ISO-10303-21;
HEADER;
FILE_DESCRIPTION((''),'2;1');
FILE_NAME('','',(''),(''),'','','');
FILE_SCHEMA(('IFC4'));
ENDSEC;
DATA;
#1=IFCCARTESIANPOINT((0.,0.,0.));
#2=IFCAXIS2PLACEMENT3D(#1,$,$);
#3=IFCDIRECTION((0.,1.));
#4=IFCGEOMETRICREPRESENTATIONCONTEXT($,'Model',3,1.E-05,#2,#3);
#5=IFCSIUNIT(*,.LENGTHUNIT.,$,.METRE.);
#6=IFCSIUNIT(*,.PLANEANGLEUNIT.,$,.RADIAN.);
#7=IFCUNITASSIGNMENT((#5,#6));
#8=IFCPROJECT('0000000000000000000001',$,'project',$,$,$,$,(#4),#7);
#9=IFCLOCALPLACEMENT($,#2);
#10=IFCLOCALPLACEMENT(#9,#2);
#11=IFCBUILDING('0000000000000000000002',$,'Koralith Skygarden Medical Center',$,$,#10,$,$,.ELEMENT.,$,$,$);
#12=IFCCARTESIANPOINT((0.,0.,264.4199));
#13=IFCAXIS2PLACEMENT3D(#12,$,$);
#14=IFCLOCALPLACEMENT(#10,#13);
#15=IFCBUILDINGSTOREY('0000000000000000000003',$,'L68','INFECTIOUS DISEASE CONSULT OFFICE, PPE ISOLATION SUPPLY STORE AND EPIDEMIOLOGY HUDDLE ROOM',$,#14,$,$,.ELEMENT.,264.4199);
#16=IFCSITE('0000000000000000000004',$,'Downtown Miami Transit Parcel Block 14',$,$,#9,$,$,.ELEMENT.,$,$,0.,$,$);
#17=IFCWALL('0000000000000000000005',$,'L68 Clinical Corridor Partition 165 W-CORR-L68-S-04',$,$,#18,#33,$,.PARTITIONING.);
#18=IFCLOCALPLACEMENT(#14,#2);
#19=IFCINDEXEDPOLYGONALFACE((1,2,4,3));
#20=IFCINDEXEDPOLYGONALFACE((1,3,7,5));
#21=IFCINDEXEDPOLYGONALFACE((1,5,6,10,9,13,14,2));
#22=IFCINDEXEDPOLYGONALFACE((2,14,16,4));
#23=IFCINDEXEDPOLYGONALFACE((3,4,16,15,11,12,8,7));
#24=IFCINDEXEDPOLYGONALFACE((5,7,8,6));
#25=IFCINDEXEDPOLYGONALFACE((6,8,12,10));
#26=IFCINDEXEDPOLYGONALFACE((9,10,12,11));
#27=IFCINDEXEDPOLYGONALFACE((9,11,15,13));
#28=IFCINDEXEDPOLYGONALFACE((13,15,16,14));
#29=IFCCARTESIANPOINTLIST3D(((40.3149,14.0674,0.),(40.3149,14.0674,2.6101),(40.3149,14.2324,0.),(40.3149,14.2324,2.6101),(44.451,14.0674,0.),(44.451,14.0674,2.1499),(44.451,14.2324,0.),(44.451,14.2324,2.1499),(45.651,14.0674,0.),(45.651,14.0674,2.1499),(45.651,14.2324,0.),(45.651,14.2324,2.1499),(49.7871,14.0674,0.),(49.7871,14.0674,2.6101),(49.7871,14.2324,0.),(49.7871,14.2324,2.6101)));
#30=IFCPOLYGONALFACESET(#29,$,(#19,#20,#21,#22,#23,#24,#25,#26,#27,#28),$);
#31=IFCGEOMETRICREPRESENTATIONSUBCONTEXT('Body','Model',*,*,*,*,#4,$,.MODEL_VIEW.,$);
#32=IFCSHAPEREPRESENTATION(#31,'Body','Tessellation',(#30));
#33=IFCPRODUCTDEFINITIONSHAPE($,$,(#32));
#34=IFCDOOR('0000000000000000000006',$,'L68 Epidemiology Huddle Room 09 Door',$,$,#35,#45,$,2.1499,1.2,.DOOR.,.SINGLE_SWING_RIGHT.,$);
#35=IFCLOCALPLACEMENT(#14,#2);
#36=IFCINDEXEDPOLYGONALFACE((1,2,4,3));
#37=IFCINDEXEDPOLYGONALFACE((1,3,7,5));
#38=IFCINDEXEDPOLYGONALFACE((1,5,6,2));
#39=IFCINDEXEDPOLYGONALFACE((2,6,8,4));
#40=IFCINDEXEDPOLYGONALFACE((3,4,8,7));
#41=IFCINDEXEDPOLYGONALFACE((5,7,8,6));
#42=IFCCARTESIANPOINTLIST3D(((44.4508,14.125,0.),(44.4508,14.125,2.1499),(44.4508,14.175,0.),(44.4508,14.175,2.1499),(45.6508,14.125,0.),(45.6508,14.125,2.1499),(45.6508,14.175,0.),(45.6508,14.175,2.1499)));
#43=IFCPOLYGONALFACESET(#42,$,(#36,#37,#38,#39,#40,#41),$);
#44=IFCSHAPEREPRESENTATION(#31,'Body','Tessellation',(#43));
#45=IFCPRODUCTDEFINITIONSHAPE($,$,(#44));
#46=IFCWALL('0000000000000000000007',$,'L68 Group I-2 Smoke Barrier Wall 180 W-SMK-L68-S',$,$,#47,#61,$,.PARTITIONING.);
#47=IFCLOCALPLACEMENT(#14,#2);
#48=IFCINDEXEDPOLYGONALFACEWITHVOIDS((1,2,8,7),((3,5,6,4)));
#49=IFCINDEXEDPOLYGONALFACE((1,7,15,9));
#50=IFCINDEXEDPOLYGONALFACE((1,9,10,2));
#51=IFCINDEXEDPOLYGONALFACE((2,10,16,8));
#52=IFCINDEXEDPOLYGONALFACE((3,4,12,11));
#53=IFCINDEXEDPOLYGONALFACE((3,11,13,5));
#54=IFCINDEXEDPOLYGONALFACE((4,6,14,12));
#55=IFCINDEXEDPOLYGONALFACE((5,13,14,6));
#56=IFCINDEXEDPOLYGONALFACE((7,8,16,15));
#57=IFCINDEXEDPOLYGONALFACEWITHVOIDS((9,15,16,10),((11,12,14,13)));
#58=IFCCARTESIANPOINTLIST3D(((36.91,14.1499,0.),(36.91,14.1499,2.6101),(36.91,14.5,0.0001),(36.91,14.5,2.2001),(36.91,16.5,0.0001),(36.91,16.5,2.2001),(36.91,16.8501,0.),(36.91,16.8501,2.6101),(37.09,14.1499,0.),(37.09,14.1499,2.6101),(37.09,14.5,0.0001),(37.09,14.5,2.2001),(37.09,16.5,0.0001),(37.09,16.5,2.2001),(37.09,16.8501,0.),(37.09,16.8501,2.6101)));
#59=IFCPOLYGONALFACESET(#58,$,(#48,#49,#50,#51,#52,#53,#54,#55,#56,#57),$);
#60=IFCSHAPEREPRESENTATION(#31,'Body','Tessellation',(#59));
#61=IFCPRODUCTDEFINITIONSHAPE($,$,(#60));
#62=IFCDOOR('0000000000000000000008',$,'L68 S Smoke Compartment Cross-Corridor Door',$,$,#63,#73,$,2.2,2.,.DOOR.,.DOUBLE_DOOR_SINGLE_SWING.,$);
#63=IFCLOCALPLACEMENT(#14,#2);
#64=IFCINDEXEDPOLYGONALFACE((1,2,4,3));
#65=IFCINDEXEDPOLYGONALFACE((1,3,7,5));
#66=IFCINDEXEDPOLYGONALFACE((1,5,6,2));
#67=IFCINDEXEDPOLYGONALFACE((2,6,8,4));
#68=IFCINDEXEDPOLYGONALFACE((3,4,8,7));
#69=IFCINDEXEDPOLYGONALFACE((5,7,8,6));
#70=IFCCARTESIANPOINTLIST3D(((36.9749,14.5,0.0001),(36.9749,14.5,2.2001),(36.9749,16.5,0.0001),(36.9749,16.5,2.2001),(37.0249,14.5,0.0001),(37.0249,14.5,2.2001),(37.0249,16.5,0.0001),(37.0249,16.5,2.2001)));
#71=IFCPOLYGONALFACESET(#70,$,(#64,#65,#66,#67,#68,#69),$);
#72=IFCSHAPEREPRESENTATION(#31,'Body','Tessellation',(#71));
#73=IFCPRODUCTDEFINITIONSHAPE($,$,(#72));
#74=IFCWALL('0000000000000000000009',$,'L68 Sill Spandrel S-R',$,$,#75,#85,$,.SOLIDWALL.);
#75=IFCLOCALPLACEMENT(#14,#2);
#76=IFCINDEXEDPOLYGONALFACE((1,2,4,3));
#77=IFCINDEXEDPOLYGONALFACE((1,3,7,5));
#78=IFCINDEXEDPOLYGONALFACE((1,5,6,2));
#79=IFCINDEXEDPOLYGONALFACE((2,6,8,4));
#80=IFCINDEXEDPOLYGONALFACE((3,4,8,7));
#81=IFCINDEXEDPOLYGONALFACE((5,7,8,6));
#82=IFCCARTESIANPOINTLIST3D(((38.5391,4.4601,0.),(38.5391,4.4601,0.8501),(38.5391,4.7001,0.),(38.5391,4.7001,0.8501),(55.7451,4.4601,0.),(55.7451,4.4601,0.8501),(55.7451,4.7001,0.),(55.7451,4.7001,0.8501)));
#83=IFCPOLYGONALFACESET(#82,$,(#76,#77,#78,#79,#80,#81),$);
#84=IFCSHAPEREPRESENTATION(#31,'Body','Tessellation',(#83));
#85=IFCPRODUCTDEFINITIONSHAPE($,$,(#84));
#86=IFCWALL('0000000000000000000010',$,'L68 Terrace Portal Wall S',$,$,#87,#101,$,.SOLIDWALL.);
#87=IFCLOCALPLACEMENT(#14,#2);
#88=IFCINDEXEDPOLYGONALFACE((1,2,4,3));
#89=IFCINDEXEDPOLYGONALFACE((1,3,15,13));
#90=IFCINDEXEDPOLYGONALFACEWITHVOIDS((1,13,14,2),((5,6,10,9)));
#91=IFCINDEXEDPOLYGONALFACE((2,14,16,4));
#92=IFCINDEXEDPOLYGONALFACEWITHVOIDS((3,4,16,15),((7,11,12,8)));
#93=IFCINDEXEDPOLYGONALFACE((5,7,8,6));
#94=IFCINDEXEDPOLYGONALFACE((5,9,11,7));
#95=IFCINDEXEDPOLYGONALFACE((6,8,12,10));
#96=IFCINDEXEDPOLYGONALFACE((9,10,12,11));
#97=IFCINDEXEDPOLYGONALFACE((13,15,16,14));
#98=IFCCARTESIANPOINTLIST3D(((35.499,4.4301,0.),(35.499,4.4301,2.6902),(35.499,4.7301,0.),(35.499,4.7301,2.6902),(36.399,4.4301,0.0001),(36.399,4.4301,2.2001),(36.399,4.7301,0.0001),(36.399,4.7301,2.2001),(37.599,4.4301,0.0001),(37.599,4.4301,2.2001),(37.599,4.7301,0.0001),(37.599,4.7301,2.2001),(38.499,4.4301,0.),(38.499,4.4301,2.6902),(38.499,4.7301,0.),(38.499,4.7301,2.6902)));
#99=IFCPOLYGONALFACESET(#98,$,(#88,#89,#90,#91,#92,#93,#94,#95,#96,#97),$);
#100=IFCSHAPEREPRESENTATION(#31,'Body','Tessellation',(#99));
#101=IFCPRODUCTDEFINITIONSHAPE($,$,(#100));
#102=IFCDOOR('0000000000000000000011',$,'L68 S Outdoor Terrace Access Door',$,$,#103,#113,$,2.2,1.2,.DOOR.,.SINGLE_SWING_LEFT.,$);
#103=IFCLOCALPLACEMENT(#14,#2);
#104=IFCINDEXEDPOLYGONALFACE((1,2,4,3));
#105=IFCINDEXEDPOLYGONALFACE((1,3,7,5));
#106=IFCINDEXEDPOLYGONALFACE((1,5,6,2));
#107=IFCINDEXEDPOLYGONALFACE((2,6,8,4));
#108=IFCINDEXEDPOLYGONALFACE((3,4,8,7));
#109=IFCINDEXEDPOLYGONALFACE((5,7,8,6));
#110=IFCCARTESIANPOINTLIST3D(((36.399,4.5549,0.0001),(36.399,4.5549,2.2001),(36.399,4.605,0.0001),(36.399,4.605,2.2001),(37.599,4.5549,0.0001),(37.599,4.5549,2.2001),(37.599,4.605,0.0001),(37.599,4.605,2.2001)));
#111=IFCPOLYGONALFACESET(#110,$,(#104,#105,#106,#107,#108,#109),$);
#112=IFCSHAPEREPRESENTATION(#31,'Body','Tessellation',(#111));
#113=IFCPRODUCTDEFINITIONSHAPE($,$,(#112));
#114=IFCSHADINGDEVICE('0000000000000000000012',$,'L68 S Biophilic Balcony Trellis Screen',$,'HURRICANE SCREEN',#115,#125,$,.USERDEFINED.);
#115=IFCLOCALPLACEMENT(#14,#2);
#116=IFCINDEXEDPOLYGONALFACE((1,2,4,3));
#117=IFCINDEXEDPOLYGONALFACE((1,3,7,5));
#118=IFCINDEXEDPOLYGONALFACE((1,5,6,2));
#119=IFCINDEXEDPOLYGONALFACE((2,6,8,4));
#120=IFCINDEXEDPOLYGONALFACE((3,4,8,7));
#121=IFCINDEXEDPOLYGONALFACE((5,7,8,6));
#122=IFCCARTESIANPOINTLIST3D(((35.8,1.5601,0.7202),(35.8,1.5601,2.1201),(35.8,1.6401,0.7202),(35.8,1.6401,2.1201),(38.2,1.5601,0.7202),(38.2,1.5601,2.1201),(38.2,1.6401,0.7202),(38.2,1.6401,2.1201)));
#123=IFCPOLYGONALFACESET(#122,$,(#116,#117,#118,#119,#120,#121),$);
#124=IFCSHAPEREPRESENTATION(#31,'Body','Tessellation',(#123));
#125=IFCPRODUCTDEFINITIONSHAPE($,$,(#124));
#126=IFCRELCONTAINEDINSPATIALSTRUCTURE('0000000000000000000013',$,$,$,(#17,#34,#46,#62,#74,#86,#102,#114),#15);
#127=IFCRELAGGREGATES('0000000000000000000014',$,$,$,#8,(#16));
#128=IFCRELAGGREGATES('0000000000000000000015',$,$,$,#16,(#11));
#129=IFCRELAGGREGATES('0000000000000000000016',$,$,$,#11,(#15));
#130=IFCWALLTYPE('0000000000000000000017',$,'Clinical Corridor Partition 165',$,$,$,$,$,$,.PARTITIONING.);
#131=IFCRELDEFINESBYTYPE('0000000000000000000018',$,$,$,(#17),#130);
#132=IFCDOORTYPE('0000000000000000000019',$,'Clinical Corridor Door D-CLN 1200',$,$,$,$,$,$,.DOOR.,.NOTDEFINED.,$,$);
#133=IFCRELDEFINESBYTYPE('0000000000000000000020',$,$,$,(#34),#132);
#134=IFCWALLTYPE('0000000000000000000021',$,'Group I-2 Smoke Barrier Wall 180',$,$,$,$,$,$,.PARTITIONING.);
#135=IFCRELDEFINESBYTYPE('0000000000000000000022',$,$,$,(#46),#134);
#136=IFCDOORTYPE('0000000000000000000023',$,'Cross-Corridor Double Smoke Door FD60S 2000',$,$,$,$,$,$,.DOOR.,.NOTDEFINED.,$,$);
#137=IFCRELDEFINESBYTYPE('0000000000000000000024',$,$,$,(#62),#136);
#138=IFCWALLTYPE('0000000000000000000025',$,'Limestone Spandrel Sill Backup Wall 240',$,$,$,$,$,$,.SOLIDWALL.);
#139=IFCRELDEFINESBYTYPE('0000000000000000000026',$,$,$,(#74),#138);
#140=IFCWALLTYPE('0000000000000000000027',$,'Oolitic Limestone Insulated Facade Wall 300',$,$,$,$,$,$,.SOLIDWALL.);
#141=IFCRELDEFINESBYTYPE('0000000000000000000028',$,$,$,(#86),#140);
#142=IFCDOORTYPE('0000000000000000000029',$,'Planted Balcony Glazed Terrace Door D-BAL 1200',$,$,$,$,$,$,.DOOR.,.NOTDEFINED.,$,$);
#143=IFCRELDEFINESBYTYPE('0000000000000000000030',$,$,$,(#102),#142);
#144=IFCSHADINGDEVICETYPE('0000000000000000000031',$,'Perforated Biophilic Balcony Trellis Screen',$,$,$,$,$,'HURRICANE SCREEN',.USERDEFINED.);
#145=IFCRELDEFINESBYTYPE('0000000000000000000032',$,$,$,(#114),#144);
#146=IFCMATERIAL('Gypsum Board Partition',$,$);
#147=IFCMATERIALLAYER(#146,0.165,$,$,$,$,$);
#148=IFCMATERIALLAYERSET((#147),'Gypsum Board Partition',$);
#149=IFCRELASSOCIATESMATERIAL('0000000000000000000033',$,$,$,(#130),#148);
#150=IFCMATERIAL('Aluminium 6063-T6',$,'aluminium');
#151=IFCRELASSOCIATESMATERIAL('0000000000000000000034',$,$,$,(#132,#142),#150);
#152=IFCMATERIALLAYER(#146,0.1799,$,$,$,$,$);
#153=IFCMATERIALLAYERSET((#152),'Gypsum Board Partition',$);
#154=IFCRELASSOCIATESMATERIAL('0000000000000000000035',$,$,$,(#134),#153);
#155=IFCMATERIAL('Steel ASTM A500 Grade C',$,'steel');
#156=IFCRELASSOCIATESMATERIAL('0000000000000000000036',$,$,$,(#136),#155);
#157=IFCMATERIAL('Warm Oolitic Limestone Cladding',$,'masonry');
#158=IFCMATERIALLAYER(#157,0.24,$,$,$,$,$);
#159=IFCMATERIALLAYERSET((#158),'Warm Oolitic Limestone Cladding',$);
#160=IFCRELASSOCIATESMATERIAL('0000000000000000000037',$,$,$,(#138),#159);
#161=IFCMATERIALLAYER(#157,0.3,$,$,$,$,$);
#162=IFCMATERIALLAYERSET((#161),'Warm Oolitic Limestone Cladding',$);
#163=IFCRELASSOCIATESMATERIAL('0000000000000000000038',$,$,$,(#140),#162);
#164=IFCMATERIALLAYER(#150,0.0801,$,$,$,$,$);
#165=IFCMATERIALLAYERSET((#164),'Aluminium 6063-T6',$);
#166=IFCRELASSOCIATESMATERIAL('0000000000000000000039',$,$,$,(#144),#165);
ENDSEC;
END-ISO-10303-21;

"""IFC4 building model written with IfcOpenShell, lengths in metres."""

from ifc_helpers import new_model, si_unit, direction, frame, frame_2d, origin, origin_2d, place, context, subcontext, project, spatial, rectangle, extrude, material, layer, layer_set, type_object, element, fill, save


model = new_model("IFC4")

# Units and contexts
model_context = context("Model", 3, precision=1e-05, world=origin(), true_north=direction((0.0, 1.0)))
body_context = subcontext(model_context, "Body", "Model", "MODEL_VIEW")
ifc_project = project(units=[si_unit("LENGTHUNIT", "METRE"), si_unit("PLANEANGLEUNIT", "RADIAN")], contexts=[model_context])

# Site, building, storey
site_placement = place(None, origin())
site = spatial("IfcSite", under=ifc_project, at=site_placement, Name="Downtown Miami Transit Parcel Block 14", CompositionType="ELEMENT", RefElevation=0.0)
building_placement = place(site_placement, origin())
building = spatial("IfcBuilding", under=site, at=building_placement, Name="Koralith Skygarden Medical Center", CompositionType="ELEMENT")
storey_placement = place(building_placement, frame((0.0, 0.0, 264.4199)))
storey = spatial("IfcBuildingStorey", under=building, at=storey_placement, Name="L68", Description="INFECTIOUS DISEASE CONSULT OFFICE, PPE ISOLATION SUPPLY STORE AND EPIDEMIOLOGY HUDDLE ROOM", CompositionType="ELEMENT", Elevation=264.4199)

# Shared definitions
ifc_material_1 = material(Name="Aluminium 6063-T6", Category="aluminium")

# Shared definitions
ifc_material_2 = material(Name="Gypsum Board Partition")

# Walls, openings, doors
ifc_layer_1 = layer(ifc_material_2, 0.165)
ifc_layer_set_1 = layer_set([ifc_layer_1], Name="Gypsum Board Partition")
wall_type_1 = type_object("IfcWallType", Name="Clinical Corridor Partition 165", PredefinedType="PARTITIONING", material=ifc_layer_set_1)
wall_1_placement = place(storey_placement, frame((40.3149, 14.1499, 0.0), z_axis=(0.0, 0.0, 1.0), x_axis=(1.0, 0.0, 0.0)))
wall_1 = element("IfcWall", 1, at=wall_1_placement, inside=storey, type_object=wall_type_1, Name="L68 Clinical Corridor Partition 165 W-CORR-L68-S-04", PredefinedType="PARTITIONING", context=body_context, shape_type="SweptSolid", body=[
    extrude(rectangle(XDim=9.4722, YDim=0.165, at=frame_2d((4.7361, 0.0))), origin(), (0.0, 0.0, 1.0), 2.6101),
])
opening_1_placement = place(wall_1_placement, frame((4.136, 0.0, 0.0)))
opening_1 = element("IfcOpeningElement", 2, at=opening_1_placement, cuts=wall_1, PredefinedType="OPENING", context=body_context, shape_type="SweptSolid", body=[
    extrude(rectangle(XDim=1.2, YDim=2.1499, at=frame_2d((0.6001, 1.075))), frame((0.0, 0.0925, 0.0), z_axis=(0.0, -1.0, 0.0), x_axis=(1.0, 0.0, 0.0)), (0.0, 0.0, 1.0), 0.1851),
])
door_type_1 = type_object("IfcDoorType", Name="Clinical Corridor Door D-CLN 1200", OperationType="NOTDEFINED", PredefinedType="DOOR", material=ifc_material_1)
door_1_placement = place(opening_1_placement, frame((1.2, 0.0, 0.0), z_axis=(0.0, 0.0, 1.0), x_axis=(-1.0, 0.0, 0.0)))
door_1 = element("IfcDoor", 3, at=door_1_placement, inside=storey, type_object=door_type_1, Name="L68 Epidemiology Huddle Room 09 Door", OperationType="SINGLE_SWING_RIGHT", OverallHeight=2.1499, OverallWidth=1.2, PredefinedType="DOOR", context=body_context, shape_type="SweptSolid", body=[
    extrude(rectangle(XDim=1.2, YDim=2.1499, at=frame_2d((0.6001, 1.075))), frame((0.0, 0.0249, 0.0), z_axis=(0.0, -1.0, 0.0), x_axis=(1.0, 0.0, 0.0)), (0.0, 0.0, 1.0), 0.05),
])
fill(opening_1, door_1)
ifc_layer_2 = layer(ifc_material_2, 0.1799)
ifc_layer_set_2 = layer_set([ifc_layer_2], Name="Gypsum Board Partition")
wall_type_2 = type_object("IfcWallType", Name="Group I-2 Smoke Barrier Wall 180", PredefinedType="PARTITIONING", material=ifc_layer_set_2)
wall_2_placement = place(storey_placement, frame((37.0, 14.1499, 0.0), z_axis=(0.0, 0.0, 1.0), x_axis=(0.0, 1.0, 0.0)))
wall_2 = element("IfcWall", 4, at=wall_2_placement, inside=storey, type_object=wall_type_2, Name="L68 Group I-2 Smoke Barrier Wall 180 W-SMK-L68-S", PredefinedType="PARTITIONING", context=body_context, shape_type="SweptSolid", body=[
    extrude(rectangle(XDim=2.7002, YDim=0.1799, at=frame_2d((1.3501, 0.0))), origin(), (0.0, 0.0, 1.0), 2.6101),
])
opening_2_placement = place(wall_2_placement, frame((0.3501, 0.0, 0.0)))
opening_2 = element("IfcOpeningElement", 5, at=opening_2_placement, cuts=wall_2, PredefinedType="OPENING", context=body_context, shape_type="SweptSolid", body=[
    extrude(rectangle(XDim=2.0, YDim=2.2, at=frame_2d((1.0, 1.1001))), frame((0.0, 0.0999, 0.0), z_axis=(0.0, -1.0, 0.0), x_axis=(1.0, 0.0, 0.0)), (0.0, 0.0, 1.0), 0.2),
])
ifc_material_3 = material(Name="Steel ASTM A500 Grade C", Category="steel")
door_type_2 = type_object("IfcDoorType", Name="Cross-Corridor Double Smoke Door FD60S 2000", OperationType="NOTDEFINED", PredefinedType="DOOR", material=ifc_material_3)
door_2_placement = place(opening_2_placement, frame((2.0, 0.0, 0.0), z_axis=(0.0, 0.0, 1.0), x_axis=(-1.0, 0.0, 0.0)))
door_2 = element("IfcDoor", 6, at=door_2_placement, inside=storey, type_object=door_type_2, Name="L68 S Smoke Compartment Cross-Corridor Door", OperationType="DOUBLE_DOOR_SINGLE_SWING", OverallHeight=2.2, OverallWidth=2.0, PredefinedType="DOOR", context=body_context, shape_type="SweptSolid", body=[
    extrude(rectangle(XDim=2.0, YDim=2.2, at=frame_2d((1.0, 1.1001))), frame((0.0, 0.0249, 0.0), z_axis=(0.0, -1.0, 0.0), x_axis=(1.0, 0.0, 0.0)), (0.0, 0.0, 1.0), 0.05),
])
fill(opening_2, door_2)

# Wall
ifc_material_4 = material(Name="Warm Oolitic Limestone Cladding", Category="masonry")
ifc_layer_3 = layer(ifc_material_4, 0.24)
ifc_layer_set_3 = layer_set([ifc_layer_3], Name="Warm Oolitic Limestone Cladding")
wall_type_3 = type_object("IfcWallType", Name="Limestone Spandrel Sill Backup Wall 240", PredefinedType="SOLIDWALL", material=ifc_layer_set_3)
wall_3_placement = place(storey_placement, frame((38.5391, 4.5801, 0.0), z_axis=(0.0, 0.0, 1.0), x_axis=(1.0, 0.0, 0.0)))
element("IfcWall", 7, at=wall_3_placement, inside=storey, type_object=wall_type_3, Name="L68 Sill Spandrel S-R", PredefinedType="SOLIDWALL", context=body_context, shape_type="SweptSolid", body=[
    extrude(rectangle(XDim=17.2061, YDim=0.24, at=frame_2d((8.603, 0.0))), origin(), (0.0, 0.0, 1.0), 0.8501),
])

# Wall, opening, door
ifc_layer_4 = layer(ifc_material_4, 0.3)
ifc_layer_set_4 = layer_set([ifc_layer_4], Name="Warm Oolitic Limestone Cladding")
wall_type_4 = type_object("IfcWallType", Name="Oolitic Limestone Insulated Facade Wall 300", PredefinedType="SOLIDWALL", material=ifc_layer_set_4)
wall_4_placement = place(storey_placement, frame((35.499, 4.5801, 0.0), z_axis=(0.0, 0.0, 1.0), x_axis=(1.0, 0.0, 0.0)))
wall_4 = element("IfcWall", 8, at=wall_4_placement, inside=storey, type_object=wall_type_4, Name="L68 Terrace Portal Wall S", PredefinedType="SOLIDWALL", context=body_context, shape_type="SweptSolid", body=[
    extrude(rectangle(XDim=3.0, YDim=0.3, at=frame_2d((1.5, 0.0))), origin(), (0.0, 0.0, 1.0), 2.6902),
])
opening_3_placement = place(wall_4_placement, frame((0.8999, 0.0, 0.0)))
opening_3 = element("IfcOpeningElement", 9, at=opening_3_placement, cuts=wall_4, PredefinedType="OPENING", context=body_context, shape_type="SweptSolid", body=[
    extrude(rectangle(XDim=1.2, YDim=2.2, at=frame_2d((0.6001, 1.1001))), frame((0.0, 0.1599, 0.0), z_axis=(0.0, -1.0, 0.0), x_axis=(1.0, 0.0, 0.0)), (0.0, 0.0, 1.0), 0.3201),
])
door_type_3 = type_object("IfcDoorType", Name="Planted Balcony Glazed Terrace Door D-BAL 1200", OperationType="NOTDEFINED", PredefinedType="DOOR", material=ifc_material_1)
door_3_placement = place(opening_3_placement, origin())
door_3 = element("IfcDoor", 10, at=door_3_placement, inside=storey, type_object=door_type_3, Name="L68 S Outdoor Terrace Access Door", OperationType="SINGLE_SWING_LEFT", OverallHeight=2.2, OverallWidth=1.2, PredefinedType="DOOR", context=body_context, shape_type="SweptSolid", body=[
    extrude(rectangle(XDim=1.2, YDim=2.2, at=frame_2d((0.6001, 1.1001))), frame((0.0, 0.0249, 0.0), z_axis=(0.0, -1.0, 0.0), x_axis=(1.0, 0.0, 0.0)), (0.0, 0.0, 1.0), 0.05),
])
fill(opening_3, door_3)

# Shading device
ifc_layer_5 = layer(ifc_material_1, 0.0801)
ifc_layer_set_5 = layer_set([ifc_layer_5], Name="Aluminium 6063-T6")
shading_device_type = type_object("IfcShadingDeviceType", Name="Perforated Biophilic Balcony Trellis Screen", ElementType="HURRICANE SCREEN", PredefinedType="USERDEFINED", material=ifc_layer_set_5)
shading_device_placement = place(storey_placement, frame((37.0, 1.6001, 0.7202), z_axis=(0.0, 0.0, 1.0), x_axis=(1.0, 0.0, 0.0)))
element("IfcShadingDevice", 11, at=shading_device_placement, inside=storey, type_object=shading_device_type, Name="L68 S Biophilic Balcony Trellis Screen", ObjectType="HURRICANE SCREEN", PredefinedType="USERDEFINED", context=body_context, shape_type="SweptSolid", body=[
    extrude(rectangle(XDim=2.3999, YDim=0.0801, at=origin_2d()), origin(), (0.0, 0.0, 1.0), 1.3999),
])

save(model, "model.ifc")
